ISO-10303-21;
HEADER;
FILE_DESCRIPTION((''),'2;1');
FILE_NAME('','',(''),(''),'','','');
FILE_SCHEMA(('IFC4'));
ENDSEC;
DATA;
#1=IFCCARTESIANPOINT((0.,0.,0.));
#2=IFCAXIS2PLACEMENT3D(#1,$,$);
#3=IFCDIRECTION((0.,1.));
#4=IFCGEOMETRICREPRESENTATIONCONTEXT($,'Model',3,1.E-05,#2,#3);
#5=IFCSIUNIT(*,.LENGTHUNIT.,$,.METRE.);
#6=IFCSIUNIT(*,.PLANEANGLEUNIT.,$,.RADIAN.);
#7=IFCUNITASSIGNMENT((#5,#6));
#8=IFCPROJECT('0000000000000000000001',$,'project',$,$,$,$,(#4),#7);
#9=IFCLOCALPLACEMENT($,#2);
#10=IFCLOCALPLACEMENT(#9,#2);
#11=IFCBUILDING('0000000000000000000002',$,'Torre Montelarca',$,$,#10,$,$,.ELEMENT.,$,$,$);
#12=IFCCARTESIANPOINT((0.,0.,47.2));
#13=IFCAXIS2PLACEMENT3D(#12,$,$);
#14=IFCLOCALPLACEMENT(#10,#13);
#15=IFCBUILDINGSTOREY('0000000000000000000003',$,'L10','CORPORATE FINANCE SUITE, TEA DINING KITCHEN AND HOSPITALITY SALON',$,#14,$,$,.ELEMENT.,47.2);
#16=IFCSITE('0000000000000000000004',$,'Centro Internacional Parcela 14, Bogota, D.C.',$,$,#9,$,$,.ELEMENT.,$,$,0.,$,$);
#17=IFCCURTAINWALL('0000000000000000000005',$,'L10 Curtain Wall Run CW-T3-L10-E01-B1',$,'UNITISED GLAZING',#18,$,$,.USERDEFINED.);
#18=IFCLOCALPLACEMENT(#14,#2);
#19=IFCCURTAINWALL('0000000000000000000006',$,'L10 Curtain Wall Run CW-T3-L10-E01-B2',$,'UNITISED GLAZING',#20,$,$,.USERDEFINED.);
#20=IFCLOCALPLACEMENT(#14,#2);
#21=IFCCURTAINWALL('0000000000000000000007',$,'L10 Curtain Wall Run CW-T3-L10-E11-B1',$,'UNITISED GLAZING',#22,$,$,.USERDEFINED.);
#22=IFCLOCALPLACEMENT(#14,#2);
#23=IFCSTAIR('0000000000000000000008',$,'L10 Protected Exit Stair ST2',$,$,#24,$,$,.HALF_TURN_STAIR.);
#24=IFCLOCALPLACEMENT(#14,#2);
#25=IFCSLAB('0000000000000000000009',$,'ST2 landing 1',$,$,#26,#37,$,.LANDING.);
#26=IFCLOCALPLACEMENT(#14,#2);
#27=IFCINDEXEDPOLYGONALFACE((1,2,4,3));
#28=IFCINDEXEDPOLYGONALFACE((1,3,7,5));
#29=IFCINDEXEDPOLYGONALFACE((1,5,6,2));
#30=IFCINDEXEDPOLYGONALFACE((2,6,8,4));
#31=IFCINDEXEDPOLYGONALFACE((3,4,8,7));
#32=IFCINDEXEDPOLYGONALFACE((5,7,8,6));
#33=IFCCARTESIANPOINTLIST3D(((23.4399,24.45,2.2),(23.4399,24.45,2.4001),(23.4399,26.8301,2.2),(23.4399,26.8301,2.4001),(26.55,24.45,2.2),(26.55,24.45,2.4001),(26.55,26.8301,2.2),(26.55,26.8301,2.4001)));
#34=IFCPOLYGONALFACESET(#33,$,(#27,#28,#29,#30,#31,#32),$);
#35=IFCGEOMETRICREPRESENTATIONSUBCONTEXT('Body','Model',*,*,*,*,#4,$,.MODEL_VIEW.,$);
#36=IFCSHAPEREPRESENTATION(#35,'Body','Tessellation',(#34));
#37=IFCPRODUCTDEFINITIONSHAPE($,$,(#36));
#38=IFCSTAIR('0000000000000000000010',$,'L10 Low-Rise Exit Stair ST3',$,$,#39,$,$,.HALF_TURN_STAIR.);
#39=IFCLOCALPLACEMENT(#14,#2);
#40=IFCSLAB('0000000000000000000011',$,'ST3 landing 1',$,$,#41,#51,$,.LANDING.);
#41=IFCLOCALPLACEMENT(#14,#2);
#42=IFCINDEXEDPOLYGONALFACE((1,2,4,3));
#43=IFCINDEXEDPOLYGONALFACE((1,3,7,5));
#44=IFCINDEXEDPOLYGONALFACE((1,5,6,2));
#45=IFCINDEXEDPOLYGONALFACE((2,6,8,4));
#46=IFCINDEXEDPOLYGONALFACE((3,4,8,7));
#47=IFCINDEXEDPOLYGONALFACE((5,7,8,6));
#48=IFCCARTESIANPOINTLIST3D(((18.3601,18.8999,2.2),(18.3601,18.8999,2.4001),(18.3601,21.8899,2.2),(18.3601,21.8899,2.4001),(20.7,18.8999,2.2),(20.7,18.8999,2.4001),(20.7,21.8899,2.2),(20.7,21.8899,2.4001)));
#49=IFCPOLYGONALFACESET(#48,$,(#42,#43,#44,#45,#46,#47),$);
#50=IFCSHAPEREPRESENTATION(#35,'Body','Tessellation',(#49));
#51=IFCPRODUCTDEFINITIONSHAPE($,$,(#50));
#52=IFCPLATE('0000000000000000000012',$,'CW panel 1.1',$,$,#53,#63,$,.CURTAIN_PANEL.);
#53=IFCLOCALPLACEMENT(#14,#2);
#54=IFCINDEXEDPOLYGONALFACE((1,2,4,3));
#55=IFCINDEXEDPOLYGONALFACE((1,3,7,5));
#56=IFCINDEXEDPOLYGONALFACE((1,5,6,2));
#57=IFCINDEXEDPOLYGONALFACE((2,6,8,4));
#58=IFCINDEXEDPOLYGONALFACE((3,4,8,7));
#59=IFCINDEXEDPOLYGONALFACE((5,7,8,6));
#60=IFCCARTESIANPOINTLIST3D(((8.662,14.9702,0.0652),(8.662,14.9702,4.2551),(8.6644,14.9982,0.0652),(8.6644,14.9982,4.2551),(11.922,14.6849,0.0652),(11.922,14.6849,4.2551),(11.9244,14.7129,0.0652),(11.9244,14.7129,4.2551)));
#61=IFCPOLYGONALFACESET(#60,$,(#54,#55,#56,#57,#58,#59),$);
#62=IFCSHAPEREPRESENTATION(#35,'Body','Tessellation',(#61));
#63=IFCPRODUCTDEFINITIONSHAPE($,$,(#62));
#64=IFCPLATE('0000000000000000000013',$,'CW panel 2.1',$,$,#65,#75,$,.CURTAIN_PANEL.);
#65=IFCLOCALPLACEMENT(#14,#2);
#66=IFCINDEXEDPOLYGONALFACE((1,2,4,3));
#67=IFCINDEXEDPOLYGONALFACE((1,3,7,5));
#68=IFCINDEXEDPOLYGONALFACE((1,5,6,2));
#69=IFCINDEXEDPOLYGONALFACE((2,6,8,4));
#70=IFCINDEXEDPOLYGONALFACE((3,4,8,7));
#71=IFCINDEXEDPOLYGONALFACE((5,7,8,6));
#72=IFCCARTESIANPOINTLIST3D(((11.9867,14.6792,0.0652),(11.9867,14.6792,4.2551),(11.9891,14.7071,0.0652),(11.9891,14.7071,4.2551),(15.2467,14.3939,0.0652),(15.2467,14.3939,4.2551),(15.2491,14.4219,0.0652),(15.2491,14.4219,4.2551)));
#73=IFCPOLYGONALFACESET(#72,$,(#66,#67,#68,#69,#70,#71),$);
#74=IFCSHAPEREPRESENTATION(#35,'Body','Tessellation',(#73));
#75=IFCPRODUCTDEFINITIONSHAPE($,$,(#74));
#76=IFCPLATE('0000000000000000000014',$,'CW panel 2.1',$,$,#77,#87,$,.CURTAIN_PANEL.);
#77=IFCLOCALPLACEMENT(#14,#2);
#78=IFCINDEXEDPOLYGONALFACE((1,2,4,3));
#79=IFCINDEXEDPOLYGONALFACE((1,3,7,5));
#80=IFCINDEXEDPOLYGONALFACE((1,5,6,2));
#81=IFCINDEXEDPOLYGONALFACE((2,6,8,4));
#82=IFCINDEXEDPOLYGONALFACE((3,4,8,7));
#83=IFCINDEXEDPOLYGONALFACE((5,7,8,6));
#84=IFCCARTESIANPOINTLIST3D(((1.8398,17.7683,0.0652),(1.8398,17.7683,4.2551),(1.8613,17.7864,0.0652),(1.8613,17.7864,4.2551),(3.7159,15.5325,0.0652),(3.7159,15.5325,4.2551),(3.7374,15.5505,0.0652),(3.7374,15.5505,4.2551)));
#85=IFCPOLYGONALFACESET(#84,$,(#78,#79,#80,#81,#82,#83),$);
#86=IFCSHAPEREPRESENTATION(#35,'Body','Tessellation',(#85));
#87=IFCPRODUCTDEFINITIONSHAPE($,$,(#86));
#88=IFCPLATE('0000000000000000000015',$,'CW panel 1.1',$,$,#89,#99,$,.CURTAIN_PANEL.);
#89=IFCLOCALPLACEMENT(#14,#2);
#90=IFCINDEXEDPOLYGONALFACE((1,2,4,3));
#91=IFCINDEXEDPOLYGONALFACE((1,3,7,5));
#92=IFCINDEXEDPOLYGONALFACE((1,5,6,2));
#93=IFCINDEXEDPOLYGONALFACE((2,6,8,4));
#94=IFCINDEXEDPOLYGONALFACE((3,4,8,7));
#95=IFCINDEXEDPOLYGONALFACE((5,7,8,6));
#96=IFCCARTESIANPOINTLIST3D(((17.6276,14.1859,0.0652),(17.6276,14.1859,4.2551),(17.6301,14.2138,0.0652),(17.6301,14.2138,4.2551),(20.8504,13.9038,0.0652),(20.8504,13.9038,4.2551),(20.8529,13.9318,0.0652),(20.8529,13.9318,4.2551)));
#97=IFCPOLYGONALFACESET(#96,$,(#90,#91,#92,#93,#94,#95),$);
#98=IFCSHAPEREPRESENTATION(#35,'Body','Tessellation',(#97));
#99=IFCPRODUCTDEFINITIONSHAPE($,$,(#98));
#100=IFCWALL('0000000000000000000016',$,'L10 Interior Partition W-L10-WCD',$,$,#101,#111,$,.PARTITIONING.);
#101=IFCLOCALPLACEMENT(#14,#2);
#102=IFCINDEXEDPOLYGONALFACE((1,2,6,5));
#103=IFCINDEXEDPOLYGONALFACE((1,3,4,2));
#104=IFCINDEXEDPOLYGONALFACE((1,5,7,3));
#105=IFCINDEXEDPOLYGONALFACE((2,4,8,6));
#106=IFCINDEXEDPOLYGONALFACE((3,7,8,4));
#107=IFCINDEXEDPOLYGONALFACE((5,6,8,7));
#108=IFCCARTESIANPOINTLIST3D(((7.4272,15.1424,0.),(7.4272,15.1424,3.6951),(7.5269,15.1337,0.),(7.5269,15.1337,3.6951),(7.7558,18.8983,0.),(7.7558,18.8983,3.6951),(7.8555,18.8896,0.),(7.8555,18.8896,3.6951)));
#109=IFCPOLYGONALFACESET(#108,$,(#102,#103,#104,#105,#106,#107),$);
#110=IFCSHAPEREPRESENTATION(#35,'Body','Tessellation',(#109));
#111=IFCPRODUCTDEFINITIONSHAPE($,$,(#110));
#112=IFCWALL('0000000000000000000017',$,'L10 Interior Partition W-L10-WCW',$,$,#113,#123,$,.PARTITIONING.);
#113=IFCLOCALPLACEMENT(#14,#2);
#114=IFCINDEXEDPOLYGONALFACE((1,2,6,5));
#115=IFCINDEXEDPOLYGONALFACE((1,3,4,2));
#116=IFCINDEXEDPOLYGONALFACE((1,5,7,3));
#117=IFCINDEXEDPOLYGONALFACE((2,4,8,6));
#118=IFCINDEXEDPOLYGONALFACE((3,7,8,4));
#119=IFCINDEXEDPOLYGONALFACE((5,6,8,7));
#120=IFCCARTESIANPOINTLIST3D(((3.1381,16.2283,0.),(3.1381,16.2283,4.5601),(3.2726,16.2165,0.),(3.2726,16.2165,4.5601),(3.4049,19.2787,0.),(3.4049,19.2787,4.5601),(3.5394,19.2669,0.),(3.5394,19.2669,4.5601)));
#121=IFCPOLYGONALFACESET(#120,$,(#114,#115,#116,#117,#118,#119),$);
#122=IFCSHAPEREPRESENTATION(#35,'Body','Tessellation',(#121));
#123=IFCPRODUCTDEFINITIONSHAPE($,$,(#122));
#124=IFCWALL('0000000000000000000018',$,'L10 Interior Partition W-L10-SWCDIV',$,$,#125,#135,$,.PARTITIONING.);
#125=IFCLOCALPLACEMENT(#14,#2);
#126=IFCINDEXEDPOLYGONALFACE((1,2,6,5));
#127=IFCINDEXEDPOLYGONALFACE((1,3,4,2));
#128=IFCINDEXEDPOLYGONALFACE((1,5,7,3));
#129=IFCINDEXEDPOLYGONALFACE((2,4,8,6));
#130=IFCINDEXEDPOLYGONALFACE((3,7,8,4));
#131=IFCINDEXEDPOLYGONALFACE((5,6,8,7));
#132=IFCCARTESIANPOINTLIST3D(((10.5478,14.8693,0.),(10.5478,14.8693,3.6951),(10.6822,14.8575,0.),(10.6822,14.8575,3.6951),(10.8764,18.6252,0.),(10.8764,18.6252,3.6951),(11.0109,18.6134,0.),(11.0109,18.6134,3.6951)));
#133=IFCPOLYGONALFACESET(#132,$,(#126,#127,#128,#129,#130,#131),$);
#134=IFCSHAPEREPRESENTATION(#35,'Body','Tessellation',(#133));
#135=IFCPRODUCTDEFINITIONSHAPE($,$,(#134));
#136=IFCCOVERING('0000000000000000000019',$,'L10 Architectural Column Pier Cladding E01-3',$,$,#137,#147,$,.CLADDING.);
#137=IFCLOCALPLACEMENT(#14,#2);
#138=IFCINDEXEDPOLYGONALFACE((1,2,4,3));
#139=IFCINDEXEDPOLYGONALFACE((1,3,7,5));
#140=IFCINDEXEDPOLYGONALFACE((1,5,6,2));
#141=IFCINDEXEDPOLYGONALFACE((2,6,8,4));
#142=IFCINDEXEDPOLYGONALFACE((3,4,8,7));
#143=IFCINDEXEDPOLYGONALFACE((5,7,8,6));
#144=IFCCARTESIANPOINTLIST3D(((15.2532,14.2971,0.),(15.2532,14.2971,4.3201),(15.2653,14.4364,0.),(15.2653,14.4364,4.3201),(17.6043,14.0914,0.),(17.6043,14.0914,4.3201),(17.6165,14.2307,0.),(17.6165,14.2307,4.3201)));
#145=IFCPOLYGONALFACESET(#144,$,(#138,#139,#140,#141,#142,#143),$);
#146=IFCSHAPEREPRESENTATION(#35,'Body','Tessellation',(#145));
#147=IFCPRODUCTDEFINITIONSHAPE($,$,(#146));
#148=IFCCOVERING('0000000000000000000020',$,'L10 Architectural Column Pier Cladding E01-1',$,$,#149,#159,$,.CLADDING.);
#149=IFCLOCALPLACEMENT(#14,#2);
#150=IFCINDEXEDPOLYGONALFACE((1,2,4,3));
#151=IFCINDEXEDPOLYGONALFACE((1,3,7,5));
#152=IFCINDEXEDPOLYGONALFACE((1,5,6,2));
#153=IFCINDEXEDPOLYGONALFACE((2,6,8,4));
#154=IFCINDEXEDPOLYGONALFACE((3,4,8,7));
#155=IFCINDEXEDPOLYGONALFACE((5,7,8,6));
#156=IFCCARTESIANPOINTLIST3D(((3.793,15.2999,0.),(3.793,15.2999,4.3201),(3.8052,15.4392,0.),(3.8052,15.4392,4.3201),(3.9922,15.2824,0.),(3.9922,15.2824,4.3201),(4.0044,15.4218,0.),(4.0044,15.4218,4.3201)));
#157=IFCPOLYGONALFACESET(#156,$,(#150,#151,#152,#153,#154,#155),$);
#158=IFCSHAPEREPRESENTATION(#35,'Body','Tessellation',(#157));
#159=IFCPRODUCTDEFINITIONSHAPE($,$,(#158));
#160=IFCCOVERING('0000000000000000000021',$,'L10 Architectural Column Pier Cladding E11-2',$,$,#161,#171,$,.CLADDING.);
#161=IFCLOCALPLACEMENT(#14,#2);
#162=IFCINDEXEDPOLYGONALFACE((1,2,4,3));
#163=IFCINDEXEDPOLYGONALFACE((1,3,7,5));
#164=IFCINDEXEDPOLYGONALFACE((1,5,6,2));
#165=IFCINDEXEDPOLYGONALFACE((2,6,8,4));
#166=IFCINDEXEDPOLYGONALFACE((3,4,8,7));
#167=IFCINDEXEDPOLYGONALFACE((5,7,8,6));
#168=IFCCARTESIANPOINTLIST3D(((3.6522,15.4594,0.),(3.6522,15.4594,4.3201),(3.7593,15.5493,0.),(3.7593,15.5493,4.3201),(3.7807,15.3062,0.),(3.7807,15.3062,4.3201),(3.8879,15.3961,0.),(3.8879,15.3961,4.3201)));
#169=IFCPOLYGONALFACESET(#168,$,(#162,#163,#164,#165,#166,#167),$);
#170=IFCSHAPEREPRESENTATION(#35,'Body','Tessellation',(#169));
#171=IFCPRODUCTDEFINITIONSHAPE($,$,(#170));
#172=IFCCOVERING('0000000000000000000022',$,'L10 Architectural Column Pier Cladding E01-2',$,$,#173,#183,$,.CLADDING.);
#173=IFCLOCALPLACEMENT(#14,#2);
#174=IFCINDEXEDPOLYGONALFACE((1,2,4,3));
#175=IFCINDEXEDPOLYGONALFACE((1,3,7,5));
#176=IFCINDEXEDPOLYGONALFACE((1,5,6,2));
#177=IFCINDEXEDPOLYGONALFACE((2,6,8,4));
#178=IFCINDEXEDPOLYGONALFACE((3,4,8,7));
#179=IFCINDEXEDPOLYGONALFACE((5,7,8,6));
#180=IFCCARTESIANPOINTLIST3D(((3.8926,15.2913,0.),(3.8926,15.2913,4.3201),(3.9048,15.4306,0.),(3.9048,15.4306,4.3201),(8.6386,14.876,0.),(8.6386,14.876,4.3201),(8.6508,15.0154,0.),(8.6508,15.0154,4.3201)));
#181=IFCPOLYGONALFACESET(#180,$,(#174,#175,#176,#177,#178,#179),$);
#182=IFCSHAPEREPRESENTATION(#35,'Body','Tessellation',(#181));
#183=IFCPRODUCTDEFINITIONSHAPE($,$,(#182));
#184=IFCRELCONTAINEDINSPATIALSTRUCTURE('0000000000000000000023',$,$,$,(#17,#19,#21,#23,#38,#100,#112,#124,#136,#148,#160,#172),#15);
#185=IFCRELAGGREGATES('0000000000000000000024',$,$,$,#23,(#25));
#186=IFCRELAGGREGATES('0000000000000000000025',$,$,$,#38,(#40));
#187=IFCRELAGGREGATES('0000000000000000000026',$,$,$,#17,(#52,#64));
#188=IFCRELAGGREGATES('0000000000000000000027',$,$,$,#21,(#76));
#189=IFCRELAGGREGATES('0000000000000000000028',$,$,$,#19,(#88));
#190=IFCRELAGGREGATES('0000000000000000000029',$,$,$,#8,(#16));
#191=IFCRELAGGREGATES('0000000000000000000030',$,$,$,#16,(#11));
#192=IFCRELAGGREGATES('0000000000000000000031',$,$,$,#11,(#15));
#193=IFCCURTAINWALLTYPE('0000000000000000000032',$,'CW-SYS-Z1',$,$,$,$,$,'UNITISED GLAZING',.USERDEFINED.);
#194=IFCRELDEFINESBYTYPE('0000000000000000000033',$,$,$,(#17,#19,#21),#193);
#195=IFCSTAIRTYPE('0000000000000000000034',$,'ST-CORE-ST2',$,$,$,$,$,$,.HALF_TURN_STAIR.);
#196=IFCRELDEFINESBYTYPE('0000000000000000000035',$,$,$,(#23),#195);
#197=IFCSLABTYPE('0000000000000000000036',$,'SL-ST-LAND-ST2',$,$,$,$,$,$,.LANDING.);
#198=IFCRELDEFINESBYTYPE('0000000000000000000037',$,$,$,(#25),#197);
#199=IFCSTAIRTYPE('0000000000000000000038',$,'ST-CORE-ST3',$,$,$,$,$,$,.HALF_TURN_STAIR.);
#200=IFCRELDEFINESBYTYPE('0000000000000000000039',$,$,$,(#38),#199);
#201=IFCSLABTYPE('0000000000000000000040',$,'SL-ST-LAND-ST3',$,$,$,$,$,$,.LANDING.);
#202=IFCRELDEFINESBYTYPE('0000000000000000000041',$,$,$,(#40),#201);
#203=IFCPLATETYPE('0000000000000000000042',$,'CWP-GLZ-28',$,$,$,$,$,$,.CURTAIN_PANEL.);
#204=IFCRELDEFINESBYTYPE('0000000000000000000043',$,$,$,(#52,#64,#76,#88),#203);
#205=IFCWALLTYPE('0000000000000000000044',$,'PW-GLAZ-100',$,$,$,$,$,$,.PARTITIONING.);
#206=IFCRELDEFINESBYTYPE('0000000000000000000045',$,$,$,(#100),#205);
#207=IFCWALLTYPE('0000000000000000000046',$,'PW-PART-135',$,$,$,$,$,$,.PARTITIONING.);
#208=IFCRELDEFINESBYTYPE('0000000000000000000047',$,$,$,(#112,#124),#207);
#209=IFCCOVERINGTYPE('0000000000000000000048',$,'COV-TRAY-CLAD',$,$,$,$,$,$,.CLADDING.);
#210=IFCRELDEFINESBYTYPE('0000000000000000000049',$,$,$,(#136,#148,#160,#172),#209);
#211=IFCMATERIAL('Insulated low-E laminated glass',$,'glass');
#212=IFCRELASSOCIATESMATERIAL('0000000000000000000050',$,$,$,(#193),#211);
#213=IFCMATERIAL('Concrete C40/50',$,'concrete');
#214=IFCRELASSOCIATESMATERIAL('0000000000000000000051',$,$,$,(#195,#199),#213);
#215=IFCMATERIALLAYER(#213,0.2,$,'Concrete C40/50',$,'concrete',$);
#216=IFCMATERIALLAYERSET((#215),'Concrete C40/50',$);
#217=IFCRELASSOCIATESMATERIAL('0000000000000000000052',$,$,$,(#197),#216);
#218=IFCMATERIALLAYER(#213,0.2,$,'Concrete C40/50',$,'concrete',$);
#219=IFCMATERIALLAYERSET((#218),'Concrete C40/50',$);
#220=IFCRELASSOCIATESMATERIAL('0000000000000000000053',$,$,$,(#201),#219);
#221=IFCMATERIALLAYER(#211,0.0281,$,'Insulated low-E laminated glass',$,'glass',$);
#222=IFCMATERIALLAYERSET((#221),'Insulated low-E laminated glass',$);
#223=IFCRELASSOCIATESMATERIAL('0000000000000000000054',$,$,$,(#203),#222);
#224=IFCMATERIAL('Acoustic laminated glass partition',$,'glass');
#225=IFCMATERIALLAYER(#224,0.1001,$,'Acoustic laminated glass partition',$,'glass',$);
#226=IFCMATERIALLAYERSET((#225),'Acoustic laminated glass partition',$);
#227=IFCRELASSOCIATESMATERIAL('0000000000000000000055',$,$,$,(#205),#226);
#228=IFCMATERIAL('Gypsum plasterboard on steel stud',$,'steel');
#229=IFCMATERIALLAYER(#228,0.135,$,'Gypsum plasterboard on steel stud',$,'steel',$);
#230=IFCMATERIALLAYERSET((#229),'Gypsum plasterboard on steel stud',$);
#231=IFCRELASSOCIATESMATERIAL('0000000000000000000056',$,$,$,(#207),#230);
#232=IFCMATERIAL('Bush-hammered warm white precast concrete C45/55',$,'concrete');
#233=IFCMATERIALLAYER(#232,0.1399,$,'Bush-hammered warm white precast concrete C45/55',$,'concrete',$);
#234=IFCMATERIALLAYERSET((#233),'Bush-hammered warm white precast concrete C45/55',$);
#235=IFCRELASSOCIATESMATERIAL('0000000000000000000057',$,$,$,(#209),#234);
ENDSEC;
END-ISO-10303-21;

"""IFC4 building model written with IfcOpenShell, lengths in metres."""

from ifc_helpers import new_model, si_unit, direction, frame, frame_2d, origin, origin_2d, place, context, subcontext, project, spatial, polyline, rectangle, outline, extrude, source, transform, mapped, material, layer, layer_set, type_object, element, aggregate, save


model = new_model("IFC4")

# Units and contexts
model_context = context("Model", 3, precision=1e-05, world=origin(), true_north=direction((0.0, 1.0)))
body_context = subcontext(model_context, "Body", "Model", "MODEL_VIEW")
ifc_project = project(units=[si_unit("LENGTHUNIT", "METRE"), si_unit("PLANEANGLEUNIT", "RADIAN")], contexts=[model_context])

# Site, building, storey
site_placement = place(None, origin())
site = spatial("IfcSite", under=ifc_project, at=site_placement, Name="Centro Internacional Parcela 14, Bogota, D.C.", CompositionType="ELEMENT", RefElevation=0.0)
building_placement = place(site_placement, origin())
building = spatial("IfcBuilding", under=site, at=building_placement, Name="Torre Montelarca", CompositionType="ELEMENT")
storey_placement = place(building_placement, frame((0.0, 0.0, 47.2)))
storey = spatial("IfcBuildingStorey", under=building, at=storey_placement, Name="L10", Description="CORPORATE FINANCE SUITE, TEA DINING KITCHEN AND HOSPITALITY SALON", CompositionType="ELEMENT", Elevation=47.2)

# Curtain walls
ifc_material_1 = material(Name="Insulated low-E laminated glass", Category="glass")
curtain_wall_type = type_object("IfcCurtainWallType", Name="CW-SYS-Z1", ElementType="UNITISED GLAZING", PredefinedType="USERDEFINED", material=ifc_material_1)
curtain_wall_1_placement = place(storey_placement, origin())
curtain_wall_1 = element("IfcCurtainWall", 1, at=curtain_wall_1_placement, inside=storey, type_object=curtain_wall_type, Name="L10 Curtain Wall Run CW-T3-L10-E01-B1", ObjectType="UNITISED GLAZING", PredefinedType="USERDEFINED")
curtain_wall_2_placement = place(storey_placement, origin())
curtain_wall_2 = element("IfcCurtainWall", 2, at=curtain_wall_2_placement, inside=storey, type_object=curtain_wall_type, Name="L10 Curtain Wall Run CW-T3-L10-E01-B2", ObjectType="UNITISED GLAZING", PredefinedType="USERDEFINED")

# Curtain wall
curtain_wall_3_placement = place(storey_placement, origin())
curtain_wall_3 = element("IfcCurtainWall", 3, at=curtain_wall_3_placement, inside=storey, type_object=curtain_wall_type, Name="L10 Curtain Wall Run CW-T3-L10-E11-B1", ObjectType="UNITISED GLAZING", PredefinedType="USERDEFINED")

# Shared definitions
ifc_material_2 = material(Name="Concrete C40/50", Category="concrete")

# Stairs, slabs
stair_type_1 = type_object("IfcStairType", Name="ST-CORE-ST2", PredefinedType="HALF_TURN_STAIR", material=ifc_material_2)
stair_1_placement = place(storey_placement, origin())
stair_1 = element("IfcStair", 4, at=stair_1_placement, inside=storey, type_object=stair_type_1, Name="L10 Protected Exit Stair ST2", PredefinedType="HALF_TURN_STAIR")
ifc_layer_1 = layer(ifc_material_2, 0.2, Name="Concrete C40/50", Category="concrete")
ifc_layer_set_1 = layer_set([ifc_layer_1], Name="Concrete C40/50")
slab_type_1 = type_object("IfcSlabType", Name="SL-ST-LAND-ST2", PredefinedType="LANDING", material=ifc_layer_set_1)
slab_1_placement = place(storey_placement, frame((0.0, 0.0, 2.2)))
slab_1 = element("IfcSlab", 5, at=slab_1_placement, type_object=slab_type_1, Name="ST2 landing 1", PredefinedType="LANDING", context=body_context, shape_type="SweptSolid", body=[
    extrude(outline(polyline([(23.4399, 26.8301), (23.4399, 24.45), (26.55, 24.45), (26.55, 26.8301), (23.4399, 26.8301)])), origin(), (0.0, 0.0, 1.0), 0.2002),
])
aggregate(stair_1, [slab_1])
stair_type_2 = type_object("IfcStairType", Name="ST-CORE-ST3", PredefinedType="HALF_TURN_STAIR", material=ifc_material_2)
stair_2_placement = place(storey_placement, origin())
stair_2 = element("IfcStair", 6, at=stair_2_placement, inside=storey, type_object=stair_type_2, Name="L10 Low-Rise Exit Stair ST3", PredefinedType="HALF_TURN_STAIR")
ifc_layer_2 = layer(ifc_material_2, 0.2, Name="Concrete C40/50", Category="concrete")
ifc_layer_set_2 = layer_set([ifc_layer_2], Name="Concrete C40/50")
slab_type_2 = type_object("IfcSlabType", Name="SL-ST-LAND-ST3", PredefinedType="LANDING", material=ifc_layer_set_2)
slab_2_placement = place(storey_placement, frame((0.0, 0.0, 2.2)))
slab_2 = element("IfcSlab", 7, at=slab_2_placement, type_object=slab_type_2, Name="ST3 landing 1", PredefinedType="LANDING", context=body_context, shape_type="SweptSolid", body=[
    extrude(outline(polyline([(18.3601, 18.8999), (20.7, 18.8999), (20.7, 21.8899), (18.3601, 21.8899), (18.3601, 18.8999)])), origin(), (0.0, 0.0, 1.0), 0.2002),
])
aggregate(stair_2, [slab_2])

# Plates
ifc_layer_3 = layer(ifc_material_1, 0.0281, Name="Insulated low-E laminated glass", Category="glass")
ifc_layer_set_3 = layer_set([ifc_layer_3], Name="Insulated low-E laminated glass")
plate_type = type_object("IfcPlateType", Name="CWP-GLZ-28", PredefinedType="CURTAIN_PANEL", material=ifc_layer_set_3)
shared_shape_1 = source(origin(), body_context, "Body", "SweptSolid", [
    extrude(rectangle(XDim=3.2725, YDim=0.0281, at=origin_2d()), origin(), (0.0, 0.0, 1.0), 4.1899),
])
plate_1_placement = place(storey_placement, frame((10.2932, 14.8416, 0.0652), z_axis=(0.0, 0.0, 1.0), x_axis=(0.996194, -0.087167, 0.0)))
plate_1 = element("IfcPlate", 8, at=plate_1_placement, type_object=plate_type, Name="CW panel 1.1", PredefinedType="CURTAIN_PANEL", context=body_context, shape_type="MappedRepresentation", body=[
    mapped(shared_shape_1, transform((0.0, 0.0, 0.0), scale=1.0)),
])
plate_2_placement = place(storey_placement, frame((13.6179, 14.5505, 0.0652), z_axis=(0.0, 0.0, 1.0), x_axis=(0.996194, -0.087167, 0.0)))
plate_2 = element("IfcPlate", 9, at=plate_2_placement, type_object=plate_type, Name="CW panel 2.1", PredefinedType="CURTAIN_PANEL", context=body_context, shape_type="MappedRepresentation", body=[
    mapped(shared_shape_1, transform((0.0, 0.0, 0.0), scale=1.0)),
])
aggregate(curtain_wall_1, [plate_1, plate_2])
shared_shape_2 = source(origin(), body_context, "Body", "SweptSolid", [
    extrude(rectangle(XDim=2.9187, YDim=0.0281, at=origin_2d()), origin(), (0.0, 0.0, 1.0), 4.1899),
])
plate_3_placement = place(storey_placement, frame((2.7886, 16.6594, 0.0652), z_axis=(0.0, 0.0, 1.0), x_axis=(0.64279, -0.766043, 0.0)))
plate_3 = element("IfcPlate", 10, at=plate_3_placement, type_object=plate_type, Name="CW panel 2.1", PredefinedType="CURTAIN_PANEL", context=body_context, shape_type="MappedRepresentation", body=[
    mapped(shared_shape_2, transform((0.0, 0.0, 0.0), scale=1.0)),
])
aggregate(curtain_wall_3, [plate_3])
shared_shape_3 = source(origin(), body_context, "Body", "SweptSolid", [
    extrude(rectangle(XDim=3.2351, YDim=0.0281, at=origin_2d()), origin(), (0.0, 0.0, 1.0), 4.1899),
])
plate_4_placement = place(storey_placement, frame((19.2402, 14.0588, 0.0652), z_axis=(0.0, 0.0, 1.0), x_axis=(0.996193, -0.087171, 0.0)))
plate_4 = element("IfcPlate", 11, at=plate_4_placement, type_object=plate_type, Name="CW panel 1.1", PredefinedType="CURTAIN_PANEL", context=body_context, shape_type="MappedRepresentation", body=[
    mapped(shared_shape_3, transform((0.0, 0.0, 0.0), scale=1.0)),
])
aggregate(curtain_wall_2, [plate_4])

# Walls
ifc_material_3 = material(Name="Acoustic laminated glass partition", Category="glass")
ifc_layer_4 = layer(ifc_material_3, 0.1001, Name="Acoustic laminated glass partition", Category="glass")
ifc_layer_set_4 = layer_set([ifc_layer_4], Name="Acoustic laminated glass partition")
wall_type_1 = type_object("IfcWallType", Name="PW-GLAZ-100", PredefinedType="PARTITIONING", material=ifc_layer_set_4)
wall_1_placement = place(storey_placement, frame((7.4771, 15.1379, 0.0), z_axis=(0.0, 0.0, 1.0), x_axis=(0.087161, 0.996194, 0.0)))
element("IfcWall", 12, at=wall_1_placement, inside=storey, type_object=wall_type_1, Name="L10 Interior Partition W-L10-WCD", PredefinedType="PARTITIONING", context=body_context, shape_type="SweptSolid", body=[
    extrude(rectangle(XDim=3.7703, YDim=0.1001, at=frame_2d((1.8853, 0.0))), origin(), (0.0, 0.0, 1.0), 3.6951),
])
ifc_material_4 = material(Name="Gypsum plasterboard on steel stud", Category="steel")
ifc_layer_5 = layer(ifc_material_4, 0.135, Name="Gypsum plasterboard on steel stud", Category="steel")
ifc_layer_set_5 = layer_set([ifc_layer_5], Name="Gypsum plasterboard on steel stud")
wall_type_2 = type_object("IfcWallType", Name="PW-PART-135", PredefinedType="PARTITIONING", material=ifc_layer_set_5)
wall_2_placement = place(storey_placement, frame((3.2053, 16.2224, 0.0), z_axis=(0.0, 0.0, 1.0), x_axis=(0.087149, 0.996195, 0.0)))
element("IfcWall", 13, at=wall_2_placement, inside=storey, type_object=wall_type_2, Name="L10 Interior Partition W-L10-WCW", PredefinedType="PARTITIONING", context=body_context, shape_type="SweptSolid", body=[
    extrude(rectangle(XDim=3.062, YDim=0.135, at=frame_2d((1.531, 0.0))), origin(), (0.0, 0.0, 1.0), 4.5601),
])
wall_3_placement = place(storey_placement, frame((10.615, 14.8633, 0.0), z_axis=(0.0, 0.0, 1.0), x_axis=(0.087161, 0.996194, 0.0)))
element("IfcWall", 14, at=wall_3_placement, inside=storey, type_object=wall_type_2, Name="L10 Interior Partition W-L10-SWCDIV", PredefinedType="PARTITIONING", context=body_context, shape_type="SweptSolid", body=[
    extrude(rectangle(XDim=3.7703, YDim=0.135, at=frame_2d((1.8853, 0.0))), origin(), (0.0, 0.0, 1.0), 3.6951),
])

# Coverings
ifc_material_5 = material(Name="Bush-hammered warm white precast concrete C45/55", Category="concrete")
ifc_layer_6 = layer(ifc_material_5, 0.1399, Name="Bush-hammered warm white precast concrete C45/55", Category="concrete")
ifc_layer_set_6 = layer_set([ifc_layer_6], Name="Bush-hammered warm white precast concrete C45/55")
covering_type = type_object("IfcCoveringType", Name="COV-TRAY-CLAD", PredefinedType="CLADDING", material=ifc_layer_set_6)
shared_shape_4 = source(origin(), body_context, "Body", "SweptSolid", [
    extrude(rectangle(XDim=2.3601, YDim=0.1399, at=origin_2d()), origin(), (0.0, 0.0, 1.0), 4.3201),
])
covering_1_placement = place(storey_placement, frame((16.4348, 14.2639, 0.0), z_axis=(0.0, 0.0, 1.0), x_axis=(0.996195, -0.087157, 0.0)))
element("IfcCovering", 15, at=covering_1_placement, inside=storey, type_object=covering_type, Name="L10 Architectural Column Pier Cladding E01-3", PredefinedType="CLADDING", context=body_context, shape_type="MappedRepresentation", body=[
    mapped(shared_shape_4, transform((0.0, 0.0, 0.0), scale=1.0)),
])
shared_shape_5 = source(origin(), body_context, "Body", "SweptSolid", [
    extrude(rectangle(XDim=0.2, YDim=0.1399, at=origin_2d()), origin(), (0.0, 0.0, 1.0), 4.3201),
])
for number, where, z_axis, x_axis, name in (
    (16, (3.8987, 15.3608, 0.0), (0.0, 0.0, 1.0), (0.996195, -0.087157, 0.0), "L10 Architectural Column Pier Cladding E01-1"),
    (17, (3.77, 15.4277, 0.0), (0.0, 0.0, 1.0), (0.642794, -0.766039, 0.0), "L10 Architectural Column Pier Cladding E11-2"),
):
    element("IfcCovering", number, at=place(storey_placement, frame(where, z_axis=z_axis, x_axis=x_axis)), inside=storey, type_object=covering_type, Name=name, PredefinedType="CLADDING", context=body_context, shape_type="MappedRepresentation", body=[
        mapped(shared_shape_5, transform((0.0, 0.0, 0.0), scale=1.0)),
    ])
shared_shape_6 = source(origin(), body_context, "Body", "SweptSolid", [
    extrude(rectangle(XDim=4.7642, YDim=0.1399, at=origin_2d()), origin(), (0.0, 0.0, 1.0), 4.3201),
])
covering_2_placement = place(storey_placement, frame((6.2717, 15.1533, 0.0), z_axis=(0.0, 0.0, 1.0), x_axis=(0.996195, -0.087157, 0.0)))
element("IfcCovering", 18, at=covering_2_placement, inside=storey, type_object=covering_type, Name="L10 Architectural Column Pier Cladding E01-2", PredefinedType="CLADDING", context=body_context, shape_type="MappedRepresentation", body=[
    mapped(shared_shape_6, transform((0.0, 0.0, 0.0), scale=1.0)),
])

save(model, "model.ifc")
